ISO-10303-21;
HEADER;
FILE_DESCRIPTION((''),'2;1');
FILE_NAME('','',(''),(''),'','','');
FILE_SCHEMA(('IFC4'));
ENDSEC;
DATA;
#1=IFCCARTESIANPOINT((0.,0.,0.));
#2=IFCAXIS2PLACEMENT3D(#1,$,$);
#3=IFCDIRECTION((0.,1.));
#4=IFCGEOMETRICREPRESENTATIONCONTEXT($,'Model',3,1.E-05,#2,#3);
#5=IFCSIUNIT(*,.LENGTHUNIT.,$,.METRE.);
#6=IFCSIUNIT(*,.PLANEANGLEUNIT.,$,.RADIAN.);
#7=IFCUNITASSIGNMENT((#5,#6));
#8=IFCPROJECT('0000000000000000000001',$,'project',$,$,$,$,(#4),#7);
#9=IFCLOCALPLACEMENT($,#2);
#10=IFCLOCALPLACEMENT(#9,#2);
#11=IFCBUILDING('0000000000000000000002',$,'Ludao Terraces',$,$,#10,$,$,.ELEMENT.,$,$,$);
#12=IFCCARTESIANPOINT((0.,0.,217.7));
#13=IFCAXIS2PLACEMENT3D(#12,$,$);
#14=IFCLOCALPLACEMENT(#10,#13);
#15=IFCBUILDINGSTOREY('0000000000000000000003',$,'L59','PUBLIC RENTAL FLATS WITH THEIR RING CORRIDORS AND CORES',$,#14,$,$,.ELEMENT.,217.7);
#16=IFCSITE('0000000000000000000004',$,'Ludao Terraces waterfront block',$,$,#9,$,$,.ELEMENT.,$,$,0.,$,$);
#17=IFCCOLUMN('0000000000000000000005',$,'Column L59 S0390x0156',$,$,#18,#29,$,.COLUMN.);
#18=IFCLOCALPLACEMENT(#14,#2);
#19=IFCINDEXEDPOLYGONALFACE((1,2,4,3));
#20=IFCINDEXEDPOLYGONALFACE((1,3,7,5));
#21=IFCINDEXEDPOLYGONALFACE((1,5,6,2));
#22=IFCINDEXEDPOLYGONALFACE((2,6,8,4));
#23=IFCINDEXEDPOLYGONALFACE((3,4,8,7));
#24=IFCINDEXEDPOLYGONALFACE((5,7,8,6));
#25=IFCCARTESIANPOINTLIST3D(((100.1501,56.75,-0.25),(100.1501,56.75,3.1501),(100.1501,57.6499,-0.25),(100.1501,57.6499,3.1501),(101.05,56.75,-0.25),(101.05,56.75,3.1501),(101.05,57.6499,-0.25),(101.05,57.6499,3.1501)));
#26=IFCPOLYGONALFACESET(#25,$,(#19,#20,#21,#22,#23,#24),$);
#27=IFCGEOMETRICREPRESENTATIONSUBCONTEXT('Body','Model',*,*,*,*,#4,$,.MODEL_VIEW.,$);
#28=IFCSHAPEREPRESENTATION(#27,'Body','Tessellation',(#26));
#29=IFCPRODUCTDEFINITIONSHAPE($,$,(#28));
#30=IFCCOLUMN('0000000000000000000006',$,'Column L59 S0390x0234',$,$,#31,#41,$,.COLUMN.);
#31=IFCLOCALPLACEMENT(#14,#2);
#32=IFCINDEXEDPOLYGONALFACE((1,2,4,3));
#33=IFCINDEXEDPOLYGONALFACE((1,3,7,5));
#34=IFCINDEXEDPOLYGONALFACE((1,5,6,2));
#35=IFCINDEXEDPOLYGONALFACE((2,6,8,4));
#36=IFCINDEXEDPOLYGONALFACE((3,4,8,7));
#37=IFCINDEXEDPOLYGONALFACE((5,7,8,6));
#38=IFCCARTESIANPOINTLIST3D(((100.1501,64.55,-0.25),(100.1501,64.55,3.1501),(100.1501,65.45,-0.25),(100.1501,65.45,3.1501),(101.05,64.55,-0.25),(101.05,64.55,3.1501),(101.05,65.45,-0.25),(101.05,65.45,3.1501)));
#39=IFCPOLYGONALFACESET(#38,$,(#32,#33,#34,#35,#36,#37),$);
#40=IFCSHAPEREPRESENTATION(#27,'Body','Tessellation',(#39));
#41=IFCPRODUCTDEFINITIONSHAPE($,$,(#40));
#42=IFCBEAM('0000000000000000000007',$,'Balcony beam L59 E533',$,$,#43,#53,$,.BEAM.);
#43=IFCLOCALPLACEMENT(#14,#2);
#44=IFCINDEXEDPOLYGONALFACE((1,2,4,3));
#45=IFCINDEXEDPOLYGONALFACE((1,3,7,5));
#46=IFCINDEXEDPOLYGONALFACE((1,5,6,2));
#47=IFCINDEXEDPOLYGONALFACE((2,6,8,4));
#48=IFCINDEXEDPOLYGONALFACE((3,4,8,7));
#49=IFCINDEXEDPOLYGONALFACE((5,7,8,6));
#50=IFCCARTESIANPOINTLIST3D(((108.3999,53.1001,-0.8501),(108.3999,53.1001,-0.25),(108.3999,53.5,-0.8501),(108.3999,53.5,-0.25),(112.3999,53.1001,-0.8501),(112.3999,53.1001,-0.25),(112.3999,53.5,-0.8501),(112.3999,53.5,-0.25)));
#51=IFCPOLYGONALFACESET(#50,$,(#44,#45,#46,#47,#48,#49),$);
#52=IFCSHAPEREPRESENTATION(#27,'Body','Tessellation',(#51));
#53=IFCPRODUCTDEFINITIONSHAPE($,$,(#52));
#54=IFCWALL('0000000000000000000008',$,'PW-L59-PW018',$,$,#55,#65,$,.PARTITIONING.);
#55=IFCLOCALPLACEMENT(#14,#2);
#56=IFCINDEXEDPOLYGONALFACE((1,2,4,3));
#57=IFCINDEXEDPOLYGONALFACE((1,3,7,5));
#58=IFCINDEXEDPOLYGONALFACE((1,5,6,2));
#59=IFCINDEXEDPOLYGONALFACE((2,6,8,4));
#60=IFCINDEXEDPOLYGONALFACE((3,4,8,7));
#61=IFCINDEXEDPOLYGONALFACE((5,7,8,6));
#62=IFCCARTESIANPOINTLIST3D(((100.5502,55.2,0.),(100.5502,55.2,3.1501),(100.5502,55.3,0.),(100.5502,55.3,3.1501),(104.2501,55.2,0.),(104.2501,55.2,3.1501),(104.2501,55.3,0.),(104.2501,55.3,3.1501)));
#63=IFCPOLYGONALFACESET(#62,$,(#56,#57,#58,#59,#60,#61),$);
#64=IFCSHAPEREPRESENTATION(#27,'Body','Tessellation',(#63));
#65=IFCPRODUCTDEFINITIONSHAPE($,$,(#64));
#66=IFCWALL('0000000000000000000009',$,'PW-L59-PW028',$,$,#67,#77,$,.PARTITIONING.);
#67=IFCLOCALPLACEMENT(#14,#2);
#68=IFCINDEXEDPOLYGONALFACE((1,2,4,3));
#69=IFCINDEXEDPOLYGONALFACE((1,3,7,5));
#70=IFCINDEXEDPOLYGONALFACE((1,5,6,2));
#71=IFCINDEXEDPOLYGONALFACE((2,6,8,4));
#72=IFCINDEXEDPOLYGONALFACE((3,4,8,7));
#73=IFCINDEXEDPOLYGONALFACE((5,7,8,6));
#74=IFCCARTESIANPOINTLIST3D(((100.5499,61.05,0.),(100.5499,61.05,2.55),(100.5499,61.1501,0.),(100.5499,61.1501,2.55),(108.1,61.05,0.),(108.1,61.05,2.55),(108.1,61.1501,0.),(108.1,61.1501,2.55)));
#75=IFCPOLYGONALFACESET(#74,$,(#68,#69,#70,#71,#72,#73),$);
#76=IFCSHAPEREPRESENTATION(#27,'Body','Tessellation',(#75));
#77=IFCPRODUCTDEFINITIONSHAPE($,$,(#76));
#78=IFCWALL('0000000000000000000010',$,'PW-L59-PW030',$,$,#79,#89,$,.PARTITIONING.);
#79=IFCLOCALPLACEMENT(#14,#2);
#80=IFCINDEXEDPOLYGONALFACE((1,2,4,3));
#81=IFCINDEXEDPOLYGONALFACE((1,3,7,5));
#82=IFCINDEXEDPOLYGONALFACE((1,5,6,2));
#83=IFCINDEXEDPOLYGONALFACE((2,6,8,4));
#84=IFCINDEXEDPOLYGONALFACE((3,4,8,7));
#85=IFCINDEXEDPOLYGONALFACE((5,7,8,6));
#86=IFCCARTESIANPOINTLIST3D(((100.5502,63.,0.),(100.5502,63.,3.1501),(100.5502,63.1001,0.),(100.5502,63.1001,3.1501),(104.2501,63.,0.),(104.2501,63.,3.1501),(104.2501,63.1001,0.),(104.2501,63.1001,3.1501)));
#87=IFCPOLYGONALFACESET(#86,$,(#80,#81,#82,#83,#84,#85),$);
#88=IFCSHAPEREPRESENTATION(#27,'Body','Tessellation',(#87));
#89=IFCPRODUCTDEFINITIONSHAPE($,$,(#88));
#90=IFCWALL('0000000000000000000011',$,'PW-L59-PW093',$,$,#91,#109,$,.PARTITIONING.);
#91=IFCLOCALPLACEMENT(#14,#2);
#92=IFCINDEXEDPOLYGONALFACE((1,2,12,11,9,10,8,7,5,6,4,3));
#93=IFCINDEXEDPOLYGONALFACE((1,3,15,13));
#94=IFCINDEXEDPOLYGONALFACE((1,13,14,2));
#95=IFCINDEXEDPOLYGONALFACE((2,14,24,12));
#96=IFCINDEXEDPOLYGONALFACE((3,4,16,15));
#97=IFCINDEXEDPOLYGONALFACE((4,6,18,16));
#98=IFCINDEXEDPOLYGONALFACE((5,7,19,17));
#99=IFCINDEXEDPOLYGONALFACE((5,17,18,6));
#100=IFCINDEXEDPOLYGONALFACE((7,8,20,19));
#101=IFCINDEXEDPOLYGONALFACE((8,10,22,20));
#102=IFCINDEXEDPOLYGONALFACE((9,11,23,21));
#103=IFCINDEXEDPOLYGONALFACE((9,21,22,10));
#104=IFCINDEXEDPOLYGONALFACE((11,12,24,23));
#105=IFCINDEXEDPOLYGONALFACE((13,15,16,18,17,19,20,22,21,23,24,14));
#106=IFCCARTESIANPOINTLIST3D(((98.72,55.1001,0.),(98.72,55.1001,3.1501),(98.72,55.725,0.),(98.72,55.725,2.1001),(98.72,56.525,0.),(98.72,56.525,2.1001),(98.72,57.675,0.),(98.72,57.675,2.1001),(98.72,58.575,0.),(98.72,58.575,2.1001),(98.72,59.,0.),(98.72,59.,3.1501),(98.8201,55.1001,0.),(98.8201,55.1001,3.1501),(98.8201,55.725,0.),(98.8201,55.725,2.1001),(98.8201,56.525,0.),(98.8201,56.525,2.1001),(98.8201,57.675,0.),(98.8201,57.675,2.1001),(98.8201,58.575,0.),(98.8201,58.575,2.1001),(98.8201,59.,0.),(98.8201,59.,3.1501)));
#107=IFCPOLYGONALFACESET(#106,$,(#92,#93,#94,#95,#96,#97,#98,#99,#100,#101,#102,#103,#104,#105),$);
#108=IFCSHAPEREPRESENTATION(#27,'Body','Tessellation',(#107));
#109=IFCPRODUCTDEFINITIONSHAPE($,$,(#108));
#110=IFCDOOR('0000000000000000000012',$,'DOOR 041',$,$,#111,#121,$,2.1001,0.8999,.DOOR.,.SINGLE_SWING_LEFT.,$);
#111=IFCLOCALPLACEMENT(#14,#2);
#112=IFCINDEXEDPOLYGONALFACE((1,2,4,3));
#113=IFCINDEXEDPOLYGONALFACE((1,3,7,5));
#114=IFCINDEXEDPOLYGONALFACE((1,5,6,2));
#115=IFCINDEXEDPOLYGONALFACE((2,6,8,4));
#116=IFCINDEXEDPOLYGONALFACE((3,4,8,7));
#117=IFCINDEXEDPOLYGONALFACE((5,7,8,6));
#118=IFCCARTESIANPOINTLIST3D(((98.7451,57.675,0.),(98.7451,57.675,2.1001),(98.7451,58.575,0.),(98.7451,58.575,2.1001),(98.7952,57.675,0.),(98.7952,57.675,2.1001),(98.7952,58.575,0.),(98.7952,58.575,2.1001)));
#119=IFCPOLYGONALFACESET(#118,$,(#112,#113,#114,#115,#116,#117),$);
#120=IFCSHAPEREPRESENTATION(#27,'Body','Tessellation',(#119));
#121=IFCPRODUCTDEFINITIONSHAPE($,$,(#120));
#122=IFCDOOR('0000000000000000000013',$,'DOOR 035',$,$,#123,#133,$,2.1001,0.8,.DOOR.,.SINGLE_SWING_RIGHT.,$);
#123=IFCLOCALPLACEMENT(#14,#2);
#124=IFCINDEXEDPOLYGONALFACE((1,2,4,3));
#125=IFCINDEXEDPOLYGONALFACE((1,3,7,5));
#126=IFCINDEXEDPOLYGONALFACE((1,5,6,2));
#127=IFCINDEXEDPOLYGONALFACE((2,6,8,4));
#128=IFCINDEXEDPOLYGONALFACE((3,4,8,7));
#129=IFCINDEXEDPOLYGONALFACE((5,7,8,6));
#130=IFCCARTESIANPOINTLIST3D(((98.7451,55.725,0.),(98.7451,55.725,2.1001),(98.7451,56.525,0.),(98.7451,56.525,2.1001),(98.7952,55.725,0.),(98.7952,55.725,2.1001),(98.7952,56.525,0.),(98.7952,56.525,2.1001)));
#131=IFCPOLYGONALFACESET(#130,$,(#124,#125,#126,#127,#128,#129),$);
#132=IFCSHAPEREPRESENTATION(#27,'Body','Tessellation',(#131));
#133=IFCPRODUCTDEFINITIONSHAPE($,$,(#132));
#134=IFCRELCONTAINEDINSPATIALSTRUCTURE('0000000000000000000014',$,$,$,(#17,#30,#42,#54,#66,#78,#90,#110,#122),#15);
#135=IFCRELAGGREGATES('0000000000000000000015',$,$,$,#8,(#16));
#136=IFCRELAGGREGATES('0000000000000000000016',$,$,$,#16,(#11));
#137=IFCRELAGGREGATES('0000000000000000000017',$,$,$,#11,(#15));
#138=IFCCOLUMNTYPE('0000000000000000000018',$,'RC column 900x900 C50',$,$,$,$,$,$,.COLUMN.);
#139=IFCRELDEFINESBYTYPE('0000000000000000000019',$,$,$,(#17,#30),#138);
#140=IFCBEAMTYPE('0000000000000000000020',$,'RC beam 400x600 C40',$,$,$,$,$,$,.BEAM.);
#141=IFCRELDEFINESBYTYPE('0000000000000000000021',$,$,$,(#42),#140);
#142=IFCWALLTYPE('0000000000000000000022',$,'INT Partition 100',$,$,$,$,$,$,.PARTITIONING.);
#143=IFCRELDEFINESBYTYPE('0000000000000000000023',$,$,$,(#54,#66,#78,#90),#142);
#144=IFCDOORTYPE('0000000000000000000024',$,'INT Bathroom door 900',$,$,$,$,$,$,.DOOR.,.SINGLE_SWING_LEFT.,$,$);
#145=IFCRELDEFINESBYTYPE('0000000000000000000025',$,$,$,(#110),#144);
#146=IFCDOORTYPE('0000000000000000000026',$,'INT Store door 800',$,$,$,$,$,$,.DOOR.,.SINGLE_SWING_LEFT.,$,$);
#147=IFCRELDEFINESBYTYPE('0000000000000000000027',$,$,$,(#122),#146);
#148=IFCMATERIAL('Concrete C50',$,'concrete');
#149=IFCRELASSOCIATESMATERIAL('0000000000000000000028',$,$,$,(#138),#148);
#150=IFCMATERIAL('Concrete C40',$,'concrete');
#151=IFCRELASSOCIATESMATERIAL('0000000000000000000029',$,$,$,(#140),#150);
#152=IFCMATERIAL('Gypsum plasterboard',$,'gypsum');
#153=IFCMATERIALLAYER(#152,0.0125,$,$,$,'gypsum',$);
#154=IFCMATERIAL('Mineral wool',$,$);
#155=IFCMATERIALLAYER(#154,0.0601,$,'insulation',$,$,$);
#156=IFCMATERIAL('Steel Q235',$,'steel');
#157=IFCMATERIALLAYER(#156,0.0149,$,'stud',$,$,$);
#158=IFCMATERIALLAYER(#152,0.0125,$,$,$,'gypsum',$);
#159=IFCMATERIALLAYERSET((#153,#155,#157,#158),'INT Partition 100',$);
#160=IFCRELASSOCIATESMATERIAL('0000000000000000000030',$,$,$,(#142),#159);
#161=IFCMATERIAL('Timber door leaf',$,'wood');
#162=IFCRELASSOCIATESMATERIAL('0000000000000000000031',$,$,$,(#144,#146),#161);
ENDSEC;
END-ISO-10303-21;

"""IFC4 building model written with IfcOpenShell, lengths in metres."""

from ifc_helpers import new_model, si_unit, direction, frame, frame_2d, origin, origin_2d, place, context, subcontext, project, spatial, rectangle, extrude, material, layer, layer_set, material_profile, profile_set, type_object, element, fill, save


model = new_model("IFC4")

# Units and contexts
model_context = context("Model", 3, precision=1e-05, world=origin(), true_north=direction((0.0, 1.0)))
body_context = subcontext(model_context, "Body", "Model", "MODEL_VIEW")
ifc_project = project(units=[si_unit("LENGTHUNIT", "METRE"), si_unit("PLANEANGLEUNIT", "RADIAN")], contexts=[model_context])

# Site, building, storey
site_placement = place(None, origin())
site = spatial("IfcSite", under=ifc_project, at=site_placement, Name="Ludao Terraces waterfront block", CompositionType="ELEMENT", RefElevation=0.0)
building_placement = place(site_placement, origin())
building = spatial("IfcBuilding", under=site, at=building_placement, Name="Ludao Terraces", CompositionType="ELEMENT")
storey_placement = place(building_placement, frame((0.0, 0.0, 217.7)))
storey = spatial("IfcBuildingStorey", under=building, at=storey_placement, Name="L59", Description="PUBLIC RENTAL FLATS WITH THEIR RING CORRIDORS AND CORES", CompositionType="ELEMENT", Elevation=217.7)

# Columns
ifc_material_1 = material(Name="Concrete C50", Category="concrete")
ifc_material_profile_1 = material_profile(ifc_material_1, rectangle(XDim=0.8999, YDim=0.8999, at=origin_2d()), Name="900 X 900")
ifc_profile_set_1 = profile_set([ifc_material_profile_1], Name="Concrete C50")
column_type = type_object("IfcColumnType", Name="RC column 900x900 C50", PredefinedType="COLUMN", material=ifc_profile_set_1)
for number, where, z_axis, x_axis, name in (
    (1, (100.6001, 57.2, -0.25), (0.0, 0.0, 1.0), (1.0, 0.0, 0.0), "Column L59 S0390x0156"),
    (2, (100.6001, 65.0, -0.25), (0.0, 0.0, 1.0), (1.0, 0.0, 0.0), "Column L59 S0390x0234"),
):
    element("IfcColumn", number, at=place(storey_placement, frame(where, z_axis=z_axis, x_axis=x_axis)), inside=storey, type_object=column_type, Name=name, PredefinedType="COLUMN", context=body_context, shape_type="SweptSolid", body=[
        extrude(rectangle(XDim=0.8999, YDim=0.8999, at=origin_2d()), origin(), (0.0, 0.0, 1.0), 3.4001),
    ])

# Beam
ifc_material_2 = material(Name="Concrete C40", Category="concrete")
ifc_material_profile_2 = material_profile(ifc_material_2, rectangle(XDim=0.3999, YDim=0.6001, at=origin_2d()), Name="400 X 600")
ifc_profile_set_2 = profile_set([ifc_material_profile_2], Name="Concrete C40")
beam_type = type_object("IfcBeamType", Name="RC beam 400x600 C40", PredefinedType="BEAM", material=ifc_profile_set_2)
beam_placement = place(storey_placement, frame((108.3999, 53.3, -0.55), z_axis=(1.0, 0.0, 0.0), x_axis=(0.0, 1.0, 0.0)))
element("IfcBeam", 3, at=beam_placement, inside=storey, type_object=beam_type, Name="Balcony beam L59 E533", PredefinedType="BEAM", context=body_context, shape_type="SweptSolid", body=[
    extrude(rectangle(XDim=0.3999, YDim=0.6001, at=origin_2d()), origin(), (0.0, 0.0, 1.0), 4.0),
])

# Shared definitions
ifc_material_3 = material(Name="Mineral wool")

# Walls
ifc_material_4 = material(Name="Gypsum plasterboard", Category="gypsum")
ifc_layer_1 = layer(ifc_material_4, 0.0125, Category="gypsum")
ifc_layer_2 = layer(ifc_material_3, 0.0601, Name="insulation")
ifc_material_5 = material(Name="Steel Q235", Category="steel")
ifc_layer_3 = layer(ifc_material_5, 0.0149, Name="stud")
ifc_layer_4 = layer(ifc_material_4, 0.0125, Category="gypsum")
ifc_layer_set_1 = layer_set([ifc_layer_1, ifc_layer_2, ifc_layer_3, ifc_layer_4], Name="INT Partition 100")
wall_type_1 = type_object("IfcWallType", Name="INT Partition 100", PredefinedType="PARTITIONING", material=ifc_layer_set_1)
wall_1_placement = place(storey_placement, frame((100.55, 55.25, 0.0), z_axis=(0.0, 0.0, 1.0), x_axis=(1.0, 0.0, 0.0)))
element("IfcWall", 4, at=wall_1_placement, inside=storey, type_object=wall_type_1, Name="PW-L59-PW018", PredefinedType="PARTITIONING", context=body_context, shape_type="SweptSolid", body=[
    extrude(rectangle(XDim=3.7, YDim=0.1001, at=frame_2d((1.8501, 0.0))), origin(), (0.0, 0.0, 1.0), 3.1501),
])
wall_2_placement = place(storey_placement, frame((100.55, 61.1001, 0.0), z_axis=(0.0, 0.0, 1.0), x_axis=(1.0, 0.0, 0.0)))
element("IfcWall", 5, at=wall_2_placement, inside=storey, type_object=wall_type_1, Name="PW-L59-PW028", PredefinedType="PARTITIONING", context=body_context, shape_type="SweptSolid", body=[
    extrude(rectangle(XDim=7.55, YDim=0.1001, at=frame_2d((3.7749, 0.0))), origin(), (0.0, 0.0, 1.0), 2.55),
])
wall_3_placement = place(storey_placement, frame((100.55, 63.05, 0.0), z_axis=(0.0, 0.0, 1.0), x_axis=(1.0, 0.0, 0.0)))
element("IfcWall", 6, at=wall_3_placement, inside=storey, type_object=wall_type_1, Name="PW-L59-PW030", PredefinedType="PARTITIONING", context=body_context, shape_type="SweptSolid", body=[
    extrude(rectangle(XDim=3.7, YDim=0.1001, at=frame_2d((1.8501, 0.0))), origin(), (0.0, 0.0, 1.0), 3.1501),
])

# Wall, openings, doors
wall_4_placement = place(storey_placement, frame((98.77, 55.1001, 0.0), z_axis=(0.0, 0.0, 1.0), x_axis=(0.0, 1.0, 0.0)))
wall_4 = element("IfcWall", 7, at=wall_4_placement, inside=storey, type_object=wall_type_1, Name="PW-L59-PW093", PredefinedType="PARTITIONING", context=body_context, shape_type="SweptSolid", body=[
    extrude(rectangle(XDim=3.8999, YDim=0.1001, at=frame_2d((1.95, 0.0))), origin(), (0.0, 0.0, 1.0), 3.1501),
])
opening_1_placement = place(wall_4_placement, frame((0.625, 0.0, 0.0)))
opening_1 = element("IfcOpeningElement", 8, at=opening_1_placement, cuts=wall_4, PredefinedType="OPENING", context=body_context, shape_type="SweptSolid", body=[
    extrude(rectangle(XDim=0.8, YDim=2.1001, at=frame_2d((0.3999, 1.05))), frame((0.0, 0.0601, 0.0), z_axis=(0.0, -1.0, 0.0), x_axis=(1.0, 0.0, 0.0)), (0.0, 0.0, 1.0), 0.1201),
])
opening_2_placement = place(wall_4_placement, frame((2.575, 0.0, 0.0)))
opening_2 = element("IfcOpeningElement", 9, at=opening_2_placement, cuts=wall_4, PredefinedType="OPENING", context=body_context, shape_type="SweptSolid", body=[
    extrude(rectangle(XDim=0.8999, YDim=2.1001, at=frame_2d((0.45, 1.05))), frame((0.0, 0.0601, 0.0), z_axis=(0.0, -1.0, 0.0), x_axis=(1.0, 0.0, 0.0)), (0.0, 0.0, 1.0), 0.1201),
])
ifc_material_6 = material(Name="Timber door leaf", Category="wood")
door_type_1 = type_object("IfcDoorType", Name="INT Bathroom door 900", OperationType="SINGLE_SWING_LEFT", PredefinedType="DOOR", material=ifc_material_6)
door_1_placement = place(opening_2_placement, origin())
door_1 = element("IfcDoor", 10, at=door_1_placement, inside=storey, type_object=door_type_1, Name="DOOR 041", OperationType="SINGLE_SWING_LEFT", OverallHeight=2.1001, OverallWidth=0.8999, PredefinedType="DOOR", context=body_context, shape_type="SweptSolid", body=[
    extrude(rectangle(XDim=0.8999, YDim=2.1001, at=frame_2d((0.45, 1.05))), frame((0.0, 0.0249, 0.0), z_axis=(0.0, -1.0, 0.0), x_axis=(1.0, 0.0, 0.0)), (0.0, 0.0, 1.0), 0.05),
])
fill(opening_2, door_1)
door_type_2 = type_object("IfcDoorType", Name="INT Store door 800", OperationType="SINGLE_SWING_LEFT", PredefinedType="DOOR", material=ifc_material_6)
door_2_placement = place(opening_1_placement, origin())
door_2 = element("IfcDoor", 11, at=door_2_placement, inside=storey, type_object=door_type_2, Name="DOOR 035", OperationType="SINGLE_SWING_RIGHT", OverallHeight=2.1001, OverallWidth=0.8, PredefinedType="DOOR", context=body_context, shape_type="SweptSolid", body=[
    extrude(rectangle(XDim=0.8, YDim=2.1001, at=frame_2d((0.3999, 1.05))), frame((0.0, 0.0249, 0.0), z_axis=(0.0, -1.0, 0.0), x_axis=(1.0, 0.0, 0.0)), (0.0, 0.0, 1.0), 0.05),
])
fill(opening_1, door_2)

save(model, "model.ifc")
